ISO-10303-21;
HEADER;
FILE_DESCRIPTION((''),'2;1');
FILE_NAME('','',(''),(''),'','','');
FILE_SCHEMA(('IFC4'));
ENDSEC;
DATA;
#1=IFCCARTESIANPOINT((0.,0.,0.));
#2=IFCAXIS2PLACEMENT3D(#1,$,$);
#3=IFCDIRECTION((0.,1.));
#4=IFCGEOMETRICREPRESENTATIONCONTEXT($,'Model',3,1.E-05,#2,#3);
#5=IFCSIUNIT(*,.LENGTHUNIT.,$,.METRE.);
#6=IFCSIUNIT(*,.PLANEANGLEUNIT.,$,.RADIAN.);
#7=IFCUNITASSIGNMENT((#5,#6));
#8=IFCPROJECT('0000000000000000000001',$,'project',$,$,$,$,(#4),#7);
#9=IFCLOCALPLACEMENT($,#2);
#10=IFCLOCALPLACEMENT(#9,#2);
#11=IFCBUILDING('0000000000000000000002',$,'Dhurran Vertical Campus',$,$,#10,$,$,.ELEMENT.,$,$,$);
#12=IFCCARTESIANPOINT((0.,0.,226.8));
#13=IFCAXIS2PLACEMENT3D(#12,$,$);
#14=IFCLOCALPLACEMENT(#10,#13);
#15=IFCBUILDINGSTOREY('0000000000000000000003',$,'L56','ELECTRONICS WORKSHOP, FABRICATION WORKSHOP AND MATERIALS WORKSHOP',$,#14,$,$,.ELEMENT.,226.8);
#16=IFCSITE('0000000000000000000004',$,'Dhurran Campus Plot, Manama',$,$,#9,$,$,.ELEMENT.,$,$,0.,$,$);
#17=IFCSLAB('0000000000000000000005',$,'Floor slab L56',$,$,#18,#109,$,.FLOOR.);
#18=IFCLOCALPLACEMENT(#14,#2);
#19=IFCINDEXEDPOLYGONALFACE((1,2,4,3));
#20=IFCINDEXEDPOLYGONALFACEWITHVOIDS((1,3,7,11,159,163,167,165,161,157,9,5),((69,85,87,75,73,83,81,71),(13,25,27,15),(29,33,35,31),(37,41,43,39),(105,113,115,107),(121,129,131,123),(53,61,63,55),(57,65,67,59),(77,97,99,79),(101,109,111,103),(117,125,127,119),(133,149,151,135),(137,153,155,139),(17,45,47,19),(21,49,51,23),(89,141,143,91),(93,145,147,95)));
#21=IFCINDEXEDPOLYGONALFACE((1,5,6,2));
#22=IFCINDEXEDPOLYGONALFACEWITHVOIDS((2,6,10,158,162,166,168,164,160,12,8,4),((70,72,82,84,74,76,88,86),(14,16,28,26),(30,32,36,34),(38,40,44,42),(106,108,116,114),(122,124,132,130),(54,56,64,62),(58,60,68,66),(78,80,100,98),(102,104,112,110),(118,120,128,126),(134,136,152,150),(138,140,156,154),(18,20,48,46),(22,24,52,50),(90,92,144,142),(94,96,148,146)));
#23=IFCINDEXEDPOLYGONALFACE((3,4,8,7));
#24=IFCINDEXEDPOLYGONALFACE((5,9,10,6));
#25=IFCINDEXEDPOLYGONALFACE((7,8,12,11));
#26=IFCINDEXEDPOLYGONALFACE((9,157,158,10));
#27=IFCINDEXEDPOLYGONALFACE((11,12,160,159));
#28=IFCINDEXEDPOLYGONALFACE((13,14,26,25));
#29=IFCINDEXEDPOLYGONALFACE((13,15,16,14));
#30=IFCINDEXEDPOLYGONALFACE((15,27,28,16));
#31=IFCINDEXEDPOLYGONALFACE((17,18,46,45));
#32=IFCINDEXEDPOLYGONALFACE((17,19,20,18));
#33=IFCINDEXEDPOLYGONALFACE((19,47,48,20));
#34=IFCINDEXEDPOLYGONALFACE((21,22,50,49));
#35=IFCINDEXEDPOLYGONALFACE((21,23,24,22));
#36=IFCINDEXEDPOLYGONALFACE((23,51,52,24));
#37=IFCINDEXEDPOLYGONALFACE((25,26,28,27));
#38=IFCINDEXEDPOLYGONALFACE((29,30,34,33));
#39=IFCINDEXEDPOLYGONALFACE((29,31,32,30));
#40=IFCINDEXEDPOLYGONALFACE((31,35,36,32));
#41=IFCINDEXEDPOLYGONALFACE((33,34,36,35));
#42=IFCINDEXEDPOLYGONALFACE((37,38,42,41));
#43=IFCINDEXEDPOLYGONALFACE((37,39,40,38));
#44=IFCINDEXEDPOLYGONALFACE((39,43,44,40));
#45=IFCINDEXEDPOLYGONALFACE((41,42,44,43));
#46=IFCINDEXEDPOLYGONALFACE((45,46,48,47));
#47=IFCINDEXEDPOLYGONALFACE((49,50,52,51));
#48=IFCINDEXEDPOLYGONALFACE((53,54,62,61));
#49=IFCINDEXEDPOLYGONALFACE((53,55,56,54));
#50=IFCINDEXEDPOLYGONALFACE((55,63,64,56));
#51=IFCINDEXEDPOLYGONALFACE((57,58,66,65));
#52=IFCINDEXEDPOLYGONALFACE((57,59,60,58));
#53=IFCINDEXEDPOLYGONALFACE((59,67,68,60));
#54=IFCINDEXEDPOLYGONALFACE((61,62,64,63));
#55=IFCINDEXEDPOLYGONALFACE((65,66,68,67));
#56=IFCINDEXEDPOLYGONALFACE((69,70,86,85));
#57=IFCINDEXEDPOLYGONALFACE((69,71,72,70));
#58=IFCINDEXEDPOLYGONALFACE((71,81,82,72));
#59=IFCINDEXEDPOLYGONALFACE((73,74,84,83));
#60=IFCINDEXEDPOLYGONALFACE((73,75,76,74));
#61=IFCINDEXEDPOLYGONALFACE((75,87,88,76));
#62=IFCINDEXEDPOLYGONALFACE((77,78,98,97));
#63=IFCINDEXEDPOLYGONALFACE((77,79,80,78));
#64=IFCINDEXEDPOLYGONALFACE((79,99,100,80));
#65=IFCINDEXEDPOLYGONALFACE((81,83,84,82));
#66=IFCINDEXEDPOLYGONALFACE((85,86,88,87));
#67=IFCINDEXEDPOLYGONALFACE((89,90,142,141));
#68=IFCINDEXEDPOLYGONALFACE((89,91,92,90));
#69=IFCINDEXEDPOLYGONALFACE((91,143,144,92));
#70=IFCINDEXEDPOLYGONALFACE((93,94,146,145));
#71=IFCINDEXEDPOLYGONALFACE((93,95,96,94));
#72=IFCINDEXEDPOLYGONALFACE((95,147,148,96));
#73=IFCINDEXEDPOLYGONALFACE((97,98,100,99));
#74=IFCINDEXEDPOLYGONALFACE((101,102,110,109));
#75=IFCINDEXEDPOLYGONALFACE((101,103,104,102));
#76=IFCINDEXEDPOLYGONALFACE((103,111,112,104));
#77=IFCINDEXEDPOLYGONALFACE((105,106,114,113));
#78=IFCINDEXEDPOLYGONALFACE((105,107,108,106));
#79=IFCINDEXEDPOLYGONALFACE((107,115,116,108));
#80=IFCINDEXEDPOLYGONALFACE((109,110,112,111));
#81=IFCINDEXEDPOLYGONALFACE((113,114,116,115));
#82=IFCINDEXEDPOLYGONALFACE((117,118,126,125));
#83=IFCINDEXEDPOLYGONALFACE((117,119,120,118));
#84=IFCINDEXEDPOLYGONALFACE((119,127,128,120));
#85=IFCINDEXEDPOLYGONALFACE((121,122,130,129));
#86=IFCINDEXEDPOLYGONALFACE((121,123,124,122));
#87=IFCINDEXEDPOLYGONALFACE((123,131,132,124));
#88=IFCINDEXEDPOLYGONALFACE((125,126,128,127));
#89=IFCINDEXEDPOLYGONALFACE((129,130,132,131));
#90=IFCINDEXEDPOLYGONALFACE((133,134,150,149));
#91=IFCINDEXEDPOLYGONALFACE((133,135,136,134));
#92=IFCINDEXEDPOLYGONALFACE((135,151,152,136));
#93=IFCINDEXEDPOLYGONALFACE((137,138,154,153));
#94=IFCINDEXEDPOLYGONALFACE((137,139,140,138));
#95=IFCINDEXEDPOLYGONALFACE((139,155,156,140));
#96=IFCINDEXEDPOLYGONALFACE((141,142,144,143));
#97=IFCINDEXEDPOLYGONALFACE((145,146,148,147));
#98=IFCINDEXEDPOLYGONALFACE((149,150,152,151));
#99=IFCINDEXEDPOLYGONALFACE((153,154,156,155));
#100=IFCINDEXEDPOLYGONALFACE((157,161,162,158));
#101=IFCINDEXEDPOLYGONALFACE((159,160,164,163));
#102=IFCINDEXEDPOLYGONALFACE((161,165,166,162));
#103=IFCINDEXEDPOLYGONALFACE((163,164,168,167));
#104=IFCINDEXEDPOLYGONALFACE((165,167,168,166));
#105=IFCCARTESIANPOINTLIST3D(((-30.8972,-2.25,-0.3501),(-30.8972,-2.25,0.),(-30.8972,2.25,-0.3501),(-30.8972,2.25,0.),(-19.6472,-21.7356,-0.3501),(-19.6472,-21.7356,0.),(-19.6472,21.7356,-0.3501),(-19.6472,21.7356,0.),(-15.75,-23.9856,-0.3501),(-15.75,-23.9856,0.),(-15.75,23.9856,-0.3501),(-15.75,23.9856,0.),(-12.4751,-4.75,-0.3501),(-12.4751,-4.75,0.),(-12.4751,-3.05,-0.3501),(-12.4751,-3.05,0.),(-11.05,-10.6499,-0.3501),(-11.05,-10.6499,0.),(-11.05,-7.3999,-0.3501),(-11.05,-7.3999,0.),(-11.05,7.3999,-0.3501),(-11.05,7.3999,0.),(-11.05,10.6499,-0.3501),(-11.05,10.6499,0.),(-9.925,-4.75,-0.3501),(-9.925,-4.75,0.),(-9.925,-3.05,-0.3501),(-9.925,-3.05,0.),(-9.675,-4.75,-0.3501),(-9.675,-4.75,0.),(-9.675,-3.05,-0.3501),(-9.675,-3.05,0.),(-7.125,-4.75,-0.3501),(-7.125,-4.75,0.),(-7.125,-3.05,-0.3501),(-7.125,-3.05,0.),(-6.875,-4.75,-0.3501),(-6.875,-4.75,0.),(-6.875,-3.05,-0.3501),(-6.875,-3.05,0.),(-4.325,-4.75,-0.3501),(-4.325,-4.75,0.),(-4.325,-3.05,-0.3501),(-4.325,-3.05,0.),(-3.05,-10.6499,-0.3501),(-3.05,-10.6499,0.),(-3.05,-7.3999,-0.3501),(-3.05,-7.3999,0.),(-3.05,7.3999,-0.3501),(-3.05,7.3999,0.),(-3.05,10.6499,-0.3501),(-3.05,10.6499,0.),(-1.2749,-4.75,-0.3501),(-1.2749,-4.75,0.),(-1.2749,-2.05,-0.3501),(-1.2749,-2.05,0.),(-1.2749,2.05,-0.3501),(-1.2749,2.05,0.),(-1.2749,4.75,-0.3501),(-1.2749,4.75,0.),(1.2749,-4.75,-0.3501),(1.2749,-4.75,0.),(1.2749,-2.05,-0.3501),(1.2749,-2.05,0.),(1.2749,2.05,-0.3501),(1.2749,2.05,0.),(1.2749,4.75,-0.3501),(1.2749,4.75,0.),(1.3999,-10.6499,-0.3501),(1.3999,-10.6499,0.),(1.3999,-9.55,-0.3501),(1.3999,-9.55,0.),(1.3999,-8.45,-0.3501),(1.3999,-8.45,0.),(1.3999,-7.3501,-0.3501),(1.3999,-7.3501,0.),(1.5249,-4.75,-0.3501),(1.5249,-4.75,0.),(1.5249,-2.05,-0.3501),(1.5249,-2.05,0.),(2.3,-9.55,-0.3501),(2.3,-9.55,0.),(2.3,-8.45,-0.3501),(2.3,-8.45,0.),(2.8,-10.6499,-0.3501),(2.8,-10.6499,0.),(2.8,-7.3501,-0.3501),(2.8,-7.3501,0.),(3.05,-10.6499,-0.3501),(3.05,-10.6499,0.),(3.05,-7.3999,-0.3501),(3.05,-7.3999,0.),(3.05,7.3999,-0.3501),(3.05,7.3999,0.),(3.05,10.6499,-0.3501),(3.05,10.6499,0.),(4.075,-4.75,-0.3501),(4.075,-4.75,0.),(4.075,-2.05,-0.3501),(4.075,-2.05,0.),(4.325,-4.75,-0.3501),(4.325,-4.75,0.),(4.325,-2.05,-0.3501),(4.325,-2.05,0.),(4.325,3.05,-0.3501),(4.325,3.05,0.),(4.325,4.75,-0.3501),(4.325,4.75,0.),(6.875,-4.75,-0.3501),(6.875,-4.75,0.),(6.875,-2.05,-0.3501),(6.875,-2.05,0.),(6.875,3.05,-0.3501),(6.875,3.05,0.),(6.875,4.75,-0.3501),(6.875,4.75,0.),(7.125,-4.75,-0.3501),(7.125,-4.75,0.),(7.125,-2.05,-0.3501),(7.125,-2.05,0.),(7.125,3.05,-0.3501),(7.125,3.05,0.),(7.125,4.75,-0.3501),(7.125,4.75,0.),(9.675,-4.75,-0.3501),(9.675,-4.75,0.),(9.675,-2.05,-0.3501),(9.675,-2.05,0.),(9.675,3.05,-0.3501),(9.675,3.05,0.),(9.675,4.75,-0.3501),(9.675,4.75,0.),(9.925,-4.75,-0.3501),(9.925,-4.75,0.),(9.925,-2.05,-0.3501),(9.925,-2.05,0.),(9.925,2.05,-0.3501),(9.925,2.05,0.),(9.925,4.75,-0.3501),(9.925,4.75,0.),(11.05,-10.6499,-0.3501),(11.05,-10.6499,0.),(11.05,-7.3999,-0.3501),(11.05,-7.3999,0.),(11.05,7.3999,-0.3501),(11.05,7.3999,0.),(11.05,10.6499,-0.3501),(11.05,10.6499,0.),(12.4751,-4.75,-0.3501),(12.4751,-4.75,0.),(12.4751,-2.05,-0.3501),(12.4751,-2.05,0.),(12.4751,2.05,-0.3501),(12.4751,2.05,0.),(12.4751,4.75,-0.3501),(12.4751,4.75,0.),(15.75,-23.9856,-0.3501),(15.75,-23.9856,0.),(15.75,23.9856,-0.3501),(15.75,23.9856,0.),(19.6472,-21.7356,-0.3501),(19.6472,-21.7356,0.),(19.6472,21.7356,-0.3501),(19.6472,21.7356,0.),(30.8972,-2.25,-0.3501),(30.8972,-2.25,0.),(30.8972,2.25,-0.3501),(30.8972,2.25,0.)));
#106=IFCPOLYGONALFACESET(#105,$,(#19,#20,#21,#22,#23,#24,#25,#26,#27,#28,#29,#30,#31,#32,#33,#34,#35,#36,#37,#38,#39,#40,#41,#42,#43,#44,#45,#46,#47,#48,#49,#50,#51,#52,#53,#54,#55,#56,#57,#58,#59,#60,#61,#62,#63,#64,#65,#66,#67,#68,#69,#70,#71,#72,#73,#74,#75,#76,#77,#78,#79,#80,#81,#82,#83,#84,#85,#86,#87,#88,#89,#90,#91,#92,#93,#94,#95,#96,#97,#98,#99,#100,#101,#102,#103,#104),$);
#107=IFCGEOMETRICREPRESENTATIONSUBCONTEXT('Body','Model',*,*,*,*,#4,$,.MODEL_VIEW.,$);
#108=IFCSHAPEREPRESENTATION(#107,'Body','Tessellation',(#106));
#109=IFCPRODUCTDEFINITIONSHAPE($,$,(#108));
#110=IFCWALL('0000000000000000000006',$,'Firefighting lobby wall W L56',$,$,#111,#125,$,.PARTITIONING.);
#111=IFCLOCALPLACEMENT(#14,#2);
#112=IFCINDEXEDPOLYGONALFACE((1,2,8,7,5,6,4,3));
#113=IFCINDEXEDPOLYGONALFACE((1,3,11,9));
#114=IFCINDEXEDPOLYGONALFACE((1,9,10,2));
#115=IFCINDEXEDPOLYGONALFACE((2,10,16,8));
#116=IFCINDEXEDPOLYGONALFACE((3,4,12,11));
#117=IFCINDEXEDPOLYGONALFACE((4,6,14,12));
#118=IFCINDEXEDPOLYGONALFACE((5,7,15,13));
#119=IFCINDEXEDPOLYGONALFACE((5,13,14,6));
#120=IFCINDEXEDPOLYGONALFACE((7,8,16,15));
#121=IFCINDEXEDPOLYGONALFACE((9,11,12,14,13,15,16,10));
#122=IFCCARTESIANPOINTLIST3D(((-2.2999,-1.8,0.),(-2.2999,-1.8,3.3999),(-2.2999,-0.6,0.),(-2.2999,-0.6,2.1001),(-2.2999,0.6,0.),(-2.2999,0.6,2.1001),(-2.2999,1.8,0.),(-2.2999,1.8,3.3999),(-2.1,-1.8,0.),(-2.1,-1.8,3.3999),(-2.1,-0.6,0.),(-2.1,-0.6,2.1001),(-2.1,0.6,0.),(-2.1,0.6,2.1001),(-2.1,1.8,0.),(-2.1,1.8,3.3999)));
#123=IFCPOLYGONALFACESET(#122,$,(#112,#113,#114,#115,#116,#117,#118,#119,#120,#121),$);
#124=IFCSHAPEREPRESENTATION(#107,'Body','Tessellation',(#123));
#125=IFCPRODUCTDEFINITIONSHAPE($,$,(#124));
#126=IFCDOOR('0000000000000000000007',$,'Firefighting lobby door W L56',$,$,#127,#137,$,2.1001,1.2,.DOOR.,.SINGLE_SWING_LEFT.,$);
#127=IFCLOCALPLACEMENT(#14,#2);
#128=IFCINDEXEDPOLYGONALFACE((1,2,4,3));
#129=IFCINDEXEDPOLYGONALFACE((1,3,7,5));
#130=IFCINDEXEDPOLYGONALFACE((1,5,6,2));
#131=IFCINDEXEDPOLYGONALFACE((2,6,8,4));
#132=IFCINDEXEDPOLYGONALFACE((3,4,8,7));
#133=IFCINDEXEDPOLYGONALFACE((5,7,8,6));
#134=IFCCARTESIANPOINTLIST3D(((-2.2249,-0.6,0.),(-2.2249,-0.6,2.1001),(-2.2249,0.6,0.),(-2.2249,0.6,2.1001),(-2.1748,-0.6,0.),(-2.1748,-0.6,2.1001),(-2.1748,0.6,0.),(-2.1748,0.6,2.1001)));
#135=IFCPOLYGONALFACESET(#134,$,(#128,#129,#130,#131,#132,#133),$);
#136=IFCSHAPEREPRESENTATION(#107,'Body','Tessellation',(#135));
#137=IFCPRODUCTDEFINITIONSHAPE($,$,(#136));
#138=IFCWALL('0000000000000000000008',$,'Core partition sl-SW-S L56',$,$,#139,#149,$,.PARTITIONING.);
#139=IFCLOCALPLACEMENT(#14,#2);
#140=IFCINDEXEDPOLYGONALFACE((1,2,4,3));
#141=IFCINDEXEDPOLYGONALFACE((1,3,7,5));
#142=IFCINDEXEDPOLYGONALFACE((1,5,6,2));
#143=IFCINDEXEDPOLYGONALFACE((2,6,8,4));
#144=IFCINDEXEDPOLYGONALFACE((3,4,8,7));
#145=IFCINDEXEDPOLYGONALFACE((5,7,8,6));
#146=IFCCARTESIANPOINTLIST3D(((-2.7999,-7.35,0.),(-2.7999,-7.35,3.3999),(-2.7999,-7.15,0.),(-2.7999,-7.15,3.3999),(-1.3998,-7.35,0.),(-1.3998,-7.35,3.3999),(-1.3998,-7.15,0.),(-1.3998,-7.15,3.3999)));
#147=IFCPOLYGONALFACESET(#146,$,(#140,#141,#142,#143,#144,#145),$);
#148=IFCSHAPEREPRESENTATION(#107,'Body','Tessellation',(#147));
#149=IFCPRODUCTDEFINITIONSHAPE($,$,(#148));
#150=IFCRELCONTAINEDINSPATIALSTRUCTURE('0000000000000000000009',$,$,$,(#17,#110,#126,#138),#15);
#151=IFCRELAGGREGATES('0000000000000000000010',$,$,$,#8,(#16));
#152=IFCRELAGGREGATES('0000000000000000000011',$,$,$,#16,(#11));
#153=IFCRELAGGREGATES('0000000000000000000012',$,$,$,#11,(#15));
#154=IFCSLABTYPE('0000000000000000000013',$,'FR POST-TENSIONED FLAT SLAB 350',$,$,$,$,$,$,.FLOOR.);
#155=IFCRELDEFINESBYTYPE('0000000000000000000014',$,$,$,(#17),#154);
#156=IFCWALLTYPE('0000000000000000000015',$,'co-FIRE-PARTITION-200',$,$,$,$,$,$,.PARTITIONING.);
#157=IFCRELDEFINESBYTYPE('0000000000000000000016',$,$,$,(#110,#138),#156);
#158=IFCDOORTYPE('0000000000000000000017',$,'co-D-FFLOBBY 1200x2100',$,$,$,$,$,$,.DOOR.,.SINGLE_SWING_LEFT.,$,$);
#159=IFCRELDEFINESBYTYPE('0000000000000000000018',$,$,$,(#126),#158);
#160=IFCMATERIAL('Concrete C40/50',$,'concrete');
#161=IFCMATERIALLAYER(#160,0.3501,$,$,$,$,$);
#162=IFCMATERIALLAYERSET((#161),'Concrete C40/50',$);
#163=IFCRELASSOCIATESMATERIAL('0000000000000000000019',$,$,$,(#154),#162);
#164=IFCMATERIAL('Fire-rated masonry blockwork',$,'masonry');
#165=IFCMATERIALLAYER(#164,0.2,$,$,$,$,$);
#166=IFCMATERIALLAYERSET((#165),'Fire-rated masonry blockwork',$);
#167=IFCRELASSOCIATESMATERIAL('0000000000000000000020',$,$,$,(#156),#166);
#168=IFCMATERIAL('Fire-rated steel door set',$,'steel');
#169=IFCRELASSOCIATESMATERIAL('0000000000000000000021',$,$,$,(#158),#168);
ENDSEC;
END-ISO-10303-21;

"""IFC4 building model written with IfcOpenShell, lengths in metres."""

from ifc_helpers import new_model, si_unit, direction, frame, frame_2d, origin, place, context, subcontext, project, spatial, polyline, rectangle, outline, extrude, material, layer, layer_set, type_object, element, fill, save


model = new_model("IFC4")

# Units and contexts
model_context = context("Model", 3, precision=1e-05, world=origin(), true_north=direction((0.0, 1.0)))
body_context = subcontext(model_context, "Body", "Model", "MODEL_VIEW")
ifc_project = project(units=[si_unit("LENGTHUNIT", "METRE"), si_unit("PLANEANGLEUNIT", "RADIAN")], contexts=[model_context])

# Site, building, storey
site_placement = place(None, origin())
site = spatial("IfcSite", under=ifc_project, at=site_placement, Name="Dhurran Campus Plot, Manama", CompositionType="ELEMENT", RefElevation=0.0)
building_placement = place(site_placement, origin())
building = spatial("IfcBuilding", under=site, at=building_placement, Name="Dhurran Vertical Campus", CompositionType="ELEMENT")
storey_placement = place(building_placement, frame((0.0, 0.0, 226.8)))
storey = spatial("IfcBuildingStorey", under=building, at=storey_placement, Name="L56", Description="ELECTRONICS WORKSHOP, FABRICATION WORKSHOP AND MATERIALS WORKSHOP", CompositionType="ELEMENT", Elevation=226.8)

# Slab
ifc_material_1 = material(Name="Concrete C40/50", Category="concrete")
ifc_layer_1 = layer(ifc_material_1, 0.3501)
ifc_layer_set_1 = layer_set([ifc_layer_1], Name="Concrete C40/50")
slab_type = type_object("IfcSlabType", Name="FR POST-TENSIONED FLAT SLAB 350", PredefinedType="FLOOR", material=ifc_layer_set_1)
slab_placement = place(storey_placement, frame((0.0, 0.0, -0.3501)))
element("IfcSlab", 1, at=slab_placement, inside=storey, type_object=slab_type, Name="Floor slab L56", PredefinedType="FLOOR", context=body_context, shape_type="SweptSolid", body=[
    extrude(outline(polyline([(-15.75, -23.9856), (15.75, -23.9856), (19.6472, -21.7356), (30.8972, -2.25), (30.8972, 2.25), (19.6472, 21.7356), (15.75, 23.9856), (-15.75, 23.9856), (-19.6472, 21.7356), (-30.8972, 2.25), (-30.8972, -2.25), (-19.6472, -21.7356), (-15.75, -23.9856)]), holes=[polyline([(-1.2749, 2.05), (1.2749, 2.05), (1.2749, 4.75), (-1.2749, 4.75), (-1.2749, 2.05)]), polyline([(9.925, 2.05), (12.4751, 2.05), (12.4751, 4.75), (9.925, 4.75), (9.925, 2.05)]), polyline([(-1.2749, -4.75), (1.2749, -4.75), (1.2749, -2.05), (-1.2749, -2.05), (-1.2749, -4.75)]), polyline([(1.5249, -4.75), (4.075, -4.75), (4.075, -2.05), (1.5249, -2.05), (1.5249, -4.75)]), polyline([(4.325, -4.75), (6.875, -4.75), (6.875, -2.05), (4.325, -2.05), (4.325, -4.75)]), polyline([(7.125, -4.75), (9.675, -4.75), (9.675, -2.05), (7.125, -2.05), (7.125, -4.75)]), polyline([(9.925, -4.75), (12.4751, -4.75), (12.4751, -2.05), (9.925, -2.05), (9.925, -4.75)]), polyline([(4.325, 3.05), (6.875, 3.05), (6.875, 4.75), (4.325, 4.75), (4.325, 3.05)]), polyline([(7.125, 3.05), (9.675, 3.05), (9.675, 4.75), (7.125, 4.75), (7.125, 3.05)]), polyline([(-12.4751, -4.75), (-9.925, -4.75), (-9.925, -3.05), (-12.4751, -3.05), (-12.4751, -4.75)]), polyline([(-9.675, -4.75), (-7.125, -4.75), (-7.125, -3.05), (-9.675, -3.05), (-9.675, -4.75)]), polyline([(-6.875, -4.75), (-4.325, -4.75), (-4.325, -3.05), (-6.875, -3.05), (-6.875, -4.75)]), polyline([(-11.05, 7.3999), (-3.05, 7.3999), (-3.05, 10.6499), (-11.05, 10.6499), (-11.05, 7.3999)]), polyline([(3.05, 7.3999), (11.05, 7.3999), (11.05, 10.6499), (3.05, 10.6499), (3.05, 7.3999)]), polyline([(-11.05, -10.6499), (-3.05, -10.6499), (-3.05, -7.3999), (-11.05, -7.3999), (-11.05, -10.6499)]), polyline([(3.05, -10.6499), (11.05, -10.6499), (11.05, -7.3999), (3.05, -7.3999), (3.05, -10.6499)]), polyline([(2.8, -10.6499), (1.3999, -10.6499), (1.3999, -9.55), (2.3, -9.55), (2.3, -8.45), (1.3999, -8.45), (1.3999, -7.3501), (2.8, -7.3501), (2.8, -10.6499)])]), origin(), (0.0, 0.0, 1.0), 0.3501),
])

# Wall, opening, door
ifc_material_2 = material(Name="Fire-rated masonry blockwork", Category="masonry")
ifc_layer_2 = layer(ifc_material_2, 0.2)
ifc_layer_set_2 = layer_set([ifc_layer_2], Name="Fire-rated masonry blockwork")
wall_type_1 = type_object("IfcWallType", Name="co-FIRE-PARTITION-200", PredefinedType="PARTITIONING", material=ifc_layer_set_2)
wall_1_placement = place(storey_placement, frame((-2.2, -1.8, 0.0), z_axis=(0.0, 0.0, 1.0), x_axis=(0.0, 1.0, 0.0)))
wall_1 = element("IfcWall", 2, at=wall_1_placement, inside=storey, type_object=wall_type_1, Name="Firefighting lobby wall W L56", PredefinedType="PARTITIONING", context=body_context, shape_type="SweptSolid", body=[
    extrude(rectangle(XDim=3.6001, YDim=0.2, at=frame_2d((1.8, 0.0))), origin(), (0.0, 0.0, 1.0), 3.3999),
])
opening_1_placement = place(wall_1_placement, frame((1.2, 0.0, 0.0)))
opening_1 = element("IfcOpeningElement", 3, at=opening_1_placement, cuts=wall_1, PredefinedType="OPENING", context=body_context, shape_type="SweptSolid", body=[
    extrude(rectangle(XDim=1.2, YDim=2.1001, at=frame_2d((0.6001, 1.05))), frame((0.0, 0.1099, 0.0), z_axis=(0.0, -1.0, 0.0), x_axis=(1.0, 0.0, 0.0)), (0.0, 0.0, 1.0), 0.22),
])
ifc_material_3 = material(Name="Fire-rated steel door set", Category="steel")
door_type_1 = type_object("IfcDoorType", Name="co-D-FFLOBBY 1200x2100", OperationType="SINGLE_SWING_LEFT", PredefinedType="DOOR", material=ifc_material_3)
door_1_placement = place(opening_1_placement, origin())
door_1 = element("IfcDoor", 4, at=door_1_placement, inside=storey, type_object=door_type_1, Name="Firefighting lobby door W L56", OperationType="SINGLE_SWING_LEFT", OverallHeight=2.1001, OverallWidth=1.2, PredefinedType="DOOR", context=body_context, shape_type="SweptSolid", body=[
    extrude(rectangle(XDim=1.2, YDim=2.1001, at=frame_2d((0.6001, 1.05))), frame((0.0, 0.0249, 0.0), z_axis=(0.0, -1.0, 0.0), x_axis=(1.0, 0.0, 0.0)), (0.0, 0.0, 1.0), 0.05),
])
fill(opening_1, door_1)

# Wall
wall_2_placement = place(storey_placement, frame((-2.8, -7.25, 0.0), z_axis=(0.0, 0.0, 1.0), x_axis=(1.0, 0.0, 0.0)))
element("IfcWall", 5, at=wall_2_placement, inside=storey, type_object=wall_type_1, Name="Core partition sl-SW-S L56", PredefinedType="PARTITIONING", context=body_context, shape_type="SweptSolid", body=[
    extrude(rectangle(XDim=1.4001, YDim=0.2, at=frame_2d((0.7002, 0.0))), origin(), (0.0, 0.0, 1.0), 3.3999),
])

save(model, "model.ifc")
